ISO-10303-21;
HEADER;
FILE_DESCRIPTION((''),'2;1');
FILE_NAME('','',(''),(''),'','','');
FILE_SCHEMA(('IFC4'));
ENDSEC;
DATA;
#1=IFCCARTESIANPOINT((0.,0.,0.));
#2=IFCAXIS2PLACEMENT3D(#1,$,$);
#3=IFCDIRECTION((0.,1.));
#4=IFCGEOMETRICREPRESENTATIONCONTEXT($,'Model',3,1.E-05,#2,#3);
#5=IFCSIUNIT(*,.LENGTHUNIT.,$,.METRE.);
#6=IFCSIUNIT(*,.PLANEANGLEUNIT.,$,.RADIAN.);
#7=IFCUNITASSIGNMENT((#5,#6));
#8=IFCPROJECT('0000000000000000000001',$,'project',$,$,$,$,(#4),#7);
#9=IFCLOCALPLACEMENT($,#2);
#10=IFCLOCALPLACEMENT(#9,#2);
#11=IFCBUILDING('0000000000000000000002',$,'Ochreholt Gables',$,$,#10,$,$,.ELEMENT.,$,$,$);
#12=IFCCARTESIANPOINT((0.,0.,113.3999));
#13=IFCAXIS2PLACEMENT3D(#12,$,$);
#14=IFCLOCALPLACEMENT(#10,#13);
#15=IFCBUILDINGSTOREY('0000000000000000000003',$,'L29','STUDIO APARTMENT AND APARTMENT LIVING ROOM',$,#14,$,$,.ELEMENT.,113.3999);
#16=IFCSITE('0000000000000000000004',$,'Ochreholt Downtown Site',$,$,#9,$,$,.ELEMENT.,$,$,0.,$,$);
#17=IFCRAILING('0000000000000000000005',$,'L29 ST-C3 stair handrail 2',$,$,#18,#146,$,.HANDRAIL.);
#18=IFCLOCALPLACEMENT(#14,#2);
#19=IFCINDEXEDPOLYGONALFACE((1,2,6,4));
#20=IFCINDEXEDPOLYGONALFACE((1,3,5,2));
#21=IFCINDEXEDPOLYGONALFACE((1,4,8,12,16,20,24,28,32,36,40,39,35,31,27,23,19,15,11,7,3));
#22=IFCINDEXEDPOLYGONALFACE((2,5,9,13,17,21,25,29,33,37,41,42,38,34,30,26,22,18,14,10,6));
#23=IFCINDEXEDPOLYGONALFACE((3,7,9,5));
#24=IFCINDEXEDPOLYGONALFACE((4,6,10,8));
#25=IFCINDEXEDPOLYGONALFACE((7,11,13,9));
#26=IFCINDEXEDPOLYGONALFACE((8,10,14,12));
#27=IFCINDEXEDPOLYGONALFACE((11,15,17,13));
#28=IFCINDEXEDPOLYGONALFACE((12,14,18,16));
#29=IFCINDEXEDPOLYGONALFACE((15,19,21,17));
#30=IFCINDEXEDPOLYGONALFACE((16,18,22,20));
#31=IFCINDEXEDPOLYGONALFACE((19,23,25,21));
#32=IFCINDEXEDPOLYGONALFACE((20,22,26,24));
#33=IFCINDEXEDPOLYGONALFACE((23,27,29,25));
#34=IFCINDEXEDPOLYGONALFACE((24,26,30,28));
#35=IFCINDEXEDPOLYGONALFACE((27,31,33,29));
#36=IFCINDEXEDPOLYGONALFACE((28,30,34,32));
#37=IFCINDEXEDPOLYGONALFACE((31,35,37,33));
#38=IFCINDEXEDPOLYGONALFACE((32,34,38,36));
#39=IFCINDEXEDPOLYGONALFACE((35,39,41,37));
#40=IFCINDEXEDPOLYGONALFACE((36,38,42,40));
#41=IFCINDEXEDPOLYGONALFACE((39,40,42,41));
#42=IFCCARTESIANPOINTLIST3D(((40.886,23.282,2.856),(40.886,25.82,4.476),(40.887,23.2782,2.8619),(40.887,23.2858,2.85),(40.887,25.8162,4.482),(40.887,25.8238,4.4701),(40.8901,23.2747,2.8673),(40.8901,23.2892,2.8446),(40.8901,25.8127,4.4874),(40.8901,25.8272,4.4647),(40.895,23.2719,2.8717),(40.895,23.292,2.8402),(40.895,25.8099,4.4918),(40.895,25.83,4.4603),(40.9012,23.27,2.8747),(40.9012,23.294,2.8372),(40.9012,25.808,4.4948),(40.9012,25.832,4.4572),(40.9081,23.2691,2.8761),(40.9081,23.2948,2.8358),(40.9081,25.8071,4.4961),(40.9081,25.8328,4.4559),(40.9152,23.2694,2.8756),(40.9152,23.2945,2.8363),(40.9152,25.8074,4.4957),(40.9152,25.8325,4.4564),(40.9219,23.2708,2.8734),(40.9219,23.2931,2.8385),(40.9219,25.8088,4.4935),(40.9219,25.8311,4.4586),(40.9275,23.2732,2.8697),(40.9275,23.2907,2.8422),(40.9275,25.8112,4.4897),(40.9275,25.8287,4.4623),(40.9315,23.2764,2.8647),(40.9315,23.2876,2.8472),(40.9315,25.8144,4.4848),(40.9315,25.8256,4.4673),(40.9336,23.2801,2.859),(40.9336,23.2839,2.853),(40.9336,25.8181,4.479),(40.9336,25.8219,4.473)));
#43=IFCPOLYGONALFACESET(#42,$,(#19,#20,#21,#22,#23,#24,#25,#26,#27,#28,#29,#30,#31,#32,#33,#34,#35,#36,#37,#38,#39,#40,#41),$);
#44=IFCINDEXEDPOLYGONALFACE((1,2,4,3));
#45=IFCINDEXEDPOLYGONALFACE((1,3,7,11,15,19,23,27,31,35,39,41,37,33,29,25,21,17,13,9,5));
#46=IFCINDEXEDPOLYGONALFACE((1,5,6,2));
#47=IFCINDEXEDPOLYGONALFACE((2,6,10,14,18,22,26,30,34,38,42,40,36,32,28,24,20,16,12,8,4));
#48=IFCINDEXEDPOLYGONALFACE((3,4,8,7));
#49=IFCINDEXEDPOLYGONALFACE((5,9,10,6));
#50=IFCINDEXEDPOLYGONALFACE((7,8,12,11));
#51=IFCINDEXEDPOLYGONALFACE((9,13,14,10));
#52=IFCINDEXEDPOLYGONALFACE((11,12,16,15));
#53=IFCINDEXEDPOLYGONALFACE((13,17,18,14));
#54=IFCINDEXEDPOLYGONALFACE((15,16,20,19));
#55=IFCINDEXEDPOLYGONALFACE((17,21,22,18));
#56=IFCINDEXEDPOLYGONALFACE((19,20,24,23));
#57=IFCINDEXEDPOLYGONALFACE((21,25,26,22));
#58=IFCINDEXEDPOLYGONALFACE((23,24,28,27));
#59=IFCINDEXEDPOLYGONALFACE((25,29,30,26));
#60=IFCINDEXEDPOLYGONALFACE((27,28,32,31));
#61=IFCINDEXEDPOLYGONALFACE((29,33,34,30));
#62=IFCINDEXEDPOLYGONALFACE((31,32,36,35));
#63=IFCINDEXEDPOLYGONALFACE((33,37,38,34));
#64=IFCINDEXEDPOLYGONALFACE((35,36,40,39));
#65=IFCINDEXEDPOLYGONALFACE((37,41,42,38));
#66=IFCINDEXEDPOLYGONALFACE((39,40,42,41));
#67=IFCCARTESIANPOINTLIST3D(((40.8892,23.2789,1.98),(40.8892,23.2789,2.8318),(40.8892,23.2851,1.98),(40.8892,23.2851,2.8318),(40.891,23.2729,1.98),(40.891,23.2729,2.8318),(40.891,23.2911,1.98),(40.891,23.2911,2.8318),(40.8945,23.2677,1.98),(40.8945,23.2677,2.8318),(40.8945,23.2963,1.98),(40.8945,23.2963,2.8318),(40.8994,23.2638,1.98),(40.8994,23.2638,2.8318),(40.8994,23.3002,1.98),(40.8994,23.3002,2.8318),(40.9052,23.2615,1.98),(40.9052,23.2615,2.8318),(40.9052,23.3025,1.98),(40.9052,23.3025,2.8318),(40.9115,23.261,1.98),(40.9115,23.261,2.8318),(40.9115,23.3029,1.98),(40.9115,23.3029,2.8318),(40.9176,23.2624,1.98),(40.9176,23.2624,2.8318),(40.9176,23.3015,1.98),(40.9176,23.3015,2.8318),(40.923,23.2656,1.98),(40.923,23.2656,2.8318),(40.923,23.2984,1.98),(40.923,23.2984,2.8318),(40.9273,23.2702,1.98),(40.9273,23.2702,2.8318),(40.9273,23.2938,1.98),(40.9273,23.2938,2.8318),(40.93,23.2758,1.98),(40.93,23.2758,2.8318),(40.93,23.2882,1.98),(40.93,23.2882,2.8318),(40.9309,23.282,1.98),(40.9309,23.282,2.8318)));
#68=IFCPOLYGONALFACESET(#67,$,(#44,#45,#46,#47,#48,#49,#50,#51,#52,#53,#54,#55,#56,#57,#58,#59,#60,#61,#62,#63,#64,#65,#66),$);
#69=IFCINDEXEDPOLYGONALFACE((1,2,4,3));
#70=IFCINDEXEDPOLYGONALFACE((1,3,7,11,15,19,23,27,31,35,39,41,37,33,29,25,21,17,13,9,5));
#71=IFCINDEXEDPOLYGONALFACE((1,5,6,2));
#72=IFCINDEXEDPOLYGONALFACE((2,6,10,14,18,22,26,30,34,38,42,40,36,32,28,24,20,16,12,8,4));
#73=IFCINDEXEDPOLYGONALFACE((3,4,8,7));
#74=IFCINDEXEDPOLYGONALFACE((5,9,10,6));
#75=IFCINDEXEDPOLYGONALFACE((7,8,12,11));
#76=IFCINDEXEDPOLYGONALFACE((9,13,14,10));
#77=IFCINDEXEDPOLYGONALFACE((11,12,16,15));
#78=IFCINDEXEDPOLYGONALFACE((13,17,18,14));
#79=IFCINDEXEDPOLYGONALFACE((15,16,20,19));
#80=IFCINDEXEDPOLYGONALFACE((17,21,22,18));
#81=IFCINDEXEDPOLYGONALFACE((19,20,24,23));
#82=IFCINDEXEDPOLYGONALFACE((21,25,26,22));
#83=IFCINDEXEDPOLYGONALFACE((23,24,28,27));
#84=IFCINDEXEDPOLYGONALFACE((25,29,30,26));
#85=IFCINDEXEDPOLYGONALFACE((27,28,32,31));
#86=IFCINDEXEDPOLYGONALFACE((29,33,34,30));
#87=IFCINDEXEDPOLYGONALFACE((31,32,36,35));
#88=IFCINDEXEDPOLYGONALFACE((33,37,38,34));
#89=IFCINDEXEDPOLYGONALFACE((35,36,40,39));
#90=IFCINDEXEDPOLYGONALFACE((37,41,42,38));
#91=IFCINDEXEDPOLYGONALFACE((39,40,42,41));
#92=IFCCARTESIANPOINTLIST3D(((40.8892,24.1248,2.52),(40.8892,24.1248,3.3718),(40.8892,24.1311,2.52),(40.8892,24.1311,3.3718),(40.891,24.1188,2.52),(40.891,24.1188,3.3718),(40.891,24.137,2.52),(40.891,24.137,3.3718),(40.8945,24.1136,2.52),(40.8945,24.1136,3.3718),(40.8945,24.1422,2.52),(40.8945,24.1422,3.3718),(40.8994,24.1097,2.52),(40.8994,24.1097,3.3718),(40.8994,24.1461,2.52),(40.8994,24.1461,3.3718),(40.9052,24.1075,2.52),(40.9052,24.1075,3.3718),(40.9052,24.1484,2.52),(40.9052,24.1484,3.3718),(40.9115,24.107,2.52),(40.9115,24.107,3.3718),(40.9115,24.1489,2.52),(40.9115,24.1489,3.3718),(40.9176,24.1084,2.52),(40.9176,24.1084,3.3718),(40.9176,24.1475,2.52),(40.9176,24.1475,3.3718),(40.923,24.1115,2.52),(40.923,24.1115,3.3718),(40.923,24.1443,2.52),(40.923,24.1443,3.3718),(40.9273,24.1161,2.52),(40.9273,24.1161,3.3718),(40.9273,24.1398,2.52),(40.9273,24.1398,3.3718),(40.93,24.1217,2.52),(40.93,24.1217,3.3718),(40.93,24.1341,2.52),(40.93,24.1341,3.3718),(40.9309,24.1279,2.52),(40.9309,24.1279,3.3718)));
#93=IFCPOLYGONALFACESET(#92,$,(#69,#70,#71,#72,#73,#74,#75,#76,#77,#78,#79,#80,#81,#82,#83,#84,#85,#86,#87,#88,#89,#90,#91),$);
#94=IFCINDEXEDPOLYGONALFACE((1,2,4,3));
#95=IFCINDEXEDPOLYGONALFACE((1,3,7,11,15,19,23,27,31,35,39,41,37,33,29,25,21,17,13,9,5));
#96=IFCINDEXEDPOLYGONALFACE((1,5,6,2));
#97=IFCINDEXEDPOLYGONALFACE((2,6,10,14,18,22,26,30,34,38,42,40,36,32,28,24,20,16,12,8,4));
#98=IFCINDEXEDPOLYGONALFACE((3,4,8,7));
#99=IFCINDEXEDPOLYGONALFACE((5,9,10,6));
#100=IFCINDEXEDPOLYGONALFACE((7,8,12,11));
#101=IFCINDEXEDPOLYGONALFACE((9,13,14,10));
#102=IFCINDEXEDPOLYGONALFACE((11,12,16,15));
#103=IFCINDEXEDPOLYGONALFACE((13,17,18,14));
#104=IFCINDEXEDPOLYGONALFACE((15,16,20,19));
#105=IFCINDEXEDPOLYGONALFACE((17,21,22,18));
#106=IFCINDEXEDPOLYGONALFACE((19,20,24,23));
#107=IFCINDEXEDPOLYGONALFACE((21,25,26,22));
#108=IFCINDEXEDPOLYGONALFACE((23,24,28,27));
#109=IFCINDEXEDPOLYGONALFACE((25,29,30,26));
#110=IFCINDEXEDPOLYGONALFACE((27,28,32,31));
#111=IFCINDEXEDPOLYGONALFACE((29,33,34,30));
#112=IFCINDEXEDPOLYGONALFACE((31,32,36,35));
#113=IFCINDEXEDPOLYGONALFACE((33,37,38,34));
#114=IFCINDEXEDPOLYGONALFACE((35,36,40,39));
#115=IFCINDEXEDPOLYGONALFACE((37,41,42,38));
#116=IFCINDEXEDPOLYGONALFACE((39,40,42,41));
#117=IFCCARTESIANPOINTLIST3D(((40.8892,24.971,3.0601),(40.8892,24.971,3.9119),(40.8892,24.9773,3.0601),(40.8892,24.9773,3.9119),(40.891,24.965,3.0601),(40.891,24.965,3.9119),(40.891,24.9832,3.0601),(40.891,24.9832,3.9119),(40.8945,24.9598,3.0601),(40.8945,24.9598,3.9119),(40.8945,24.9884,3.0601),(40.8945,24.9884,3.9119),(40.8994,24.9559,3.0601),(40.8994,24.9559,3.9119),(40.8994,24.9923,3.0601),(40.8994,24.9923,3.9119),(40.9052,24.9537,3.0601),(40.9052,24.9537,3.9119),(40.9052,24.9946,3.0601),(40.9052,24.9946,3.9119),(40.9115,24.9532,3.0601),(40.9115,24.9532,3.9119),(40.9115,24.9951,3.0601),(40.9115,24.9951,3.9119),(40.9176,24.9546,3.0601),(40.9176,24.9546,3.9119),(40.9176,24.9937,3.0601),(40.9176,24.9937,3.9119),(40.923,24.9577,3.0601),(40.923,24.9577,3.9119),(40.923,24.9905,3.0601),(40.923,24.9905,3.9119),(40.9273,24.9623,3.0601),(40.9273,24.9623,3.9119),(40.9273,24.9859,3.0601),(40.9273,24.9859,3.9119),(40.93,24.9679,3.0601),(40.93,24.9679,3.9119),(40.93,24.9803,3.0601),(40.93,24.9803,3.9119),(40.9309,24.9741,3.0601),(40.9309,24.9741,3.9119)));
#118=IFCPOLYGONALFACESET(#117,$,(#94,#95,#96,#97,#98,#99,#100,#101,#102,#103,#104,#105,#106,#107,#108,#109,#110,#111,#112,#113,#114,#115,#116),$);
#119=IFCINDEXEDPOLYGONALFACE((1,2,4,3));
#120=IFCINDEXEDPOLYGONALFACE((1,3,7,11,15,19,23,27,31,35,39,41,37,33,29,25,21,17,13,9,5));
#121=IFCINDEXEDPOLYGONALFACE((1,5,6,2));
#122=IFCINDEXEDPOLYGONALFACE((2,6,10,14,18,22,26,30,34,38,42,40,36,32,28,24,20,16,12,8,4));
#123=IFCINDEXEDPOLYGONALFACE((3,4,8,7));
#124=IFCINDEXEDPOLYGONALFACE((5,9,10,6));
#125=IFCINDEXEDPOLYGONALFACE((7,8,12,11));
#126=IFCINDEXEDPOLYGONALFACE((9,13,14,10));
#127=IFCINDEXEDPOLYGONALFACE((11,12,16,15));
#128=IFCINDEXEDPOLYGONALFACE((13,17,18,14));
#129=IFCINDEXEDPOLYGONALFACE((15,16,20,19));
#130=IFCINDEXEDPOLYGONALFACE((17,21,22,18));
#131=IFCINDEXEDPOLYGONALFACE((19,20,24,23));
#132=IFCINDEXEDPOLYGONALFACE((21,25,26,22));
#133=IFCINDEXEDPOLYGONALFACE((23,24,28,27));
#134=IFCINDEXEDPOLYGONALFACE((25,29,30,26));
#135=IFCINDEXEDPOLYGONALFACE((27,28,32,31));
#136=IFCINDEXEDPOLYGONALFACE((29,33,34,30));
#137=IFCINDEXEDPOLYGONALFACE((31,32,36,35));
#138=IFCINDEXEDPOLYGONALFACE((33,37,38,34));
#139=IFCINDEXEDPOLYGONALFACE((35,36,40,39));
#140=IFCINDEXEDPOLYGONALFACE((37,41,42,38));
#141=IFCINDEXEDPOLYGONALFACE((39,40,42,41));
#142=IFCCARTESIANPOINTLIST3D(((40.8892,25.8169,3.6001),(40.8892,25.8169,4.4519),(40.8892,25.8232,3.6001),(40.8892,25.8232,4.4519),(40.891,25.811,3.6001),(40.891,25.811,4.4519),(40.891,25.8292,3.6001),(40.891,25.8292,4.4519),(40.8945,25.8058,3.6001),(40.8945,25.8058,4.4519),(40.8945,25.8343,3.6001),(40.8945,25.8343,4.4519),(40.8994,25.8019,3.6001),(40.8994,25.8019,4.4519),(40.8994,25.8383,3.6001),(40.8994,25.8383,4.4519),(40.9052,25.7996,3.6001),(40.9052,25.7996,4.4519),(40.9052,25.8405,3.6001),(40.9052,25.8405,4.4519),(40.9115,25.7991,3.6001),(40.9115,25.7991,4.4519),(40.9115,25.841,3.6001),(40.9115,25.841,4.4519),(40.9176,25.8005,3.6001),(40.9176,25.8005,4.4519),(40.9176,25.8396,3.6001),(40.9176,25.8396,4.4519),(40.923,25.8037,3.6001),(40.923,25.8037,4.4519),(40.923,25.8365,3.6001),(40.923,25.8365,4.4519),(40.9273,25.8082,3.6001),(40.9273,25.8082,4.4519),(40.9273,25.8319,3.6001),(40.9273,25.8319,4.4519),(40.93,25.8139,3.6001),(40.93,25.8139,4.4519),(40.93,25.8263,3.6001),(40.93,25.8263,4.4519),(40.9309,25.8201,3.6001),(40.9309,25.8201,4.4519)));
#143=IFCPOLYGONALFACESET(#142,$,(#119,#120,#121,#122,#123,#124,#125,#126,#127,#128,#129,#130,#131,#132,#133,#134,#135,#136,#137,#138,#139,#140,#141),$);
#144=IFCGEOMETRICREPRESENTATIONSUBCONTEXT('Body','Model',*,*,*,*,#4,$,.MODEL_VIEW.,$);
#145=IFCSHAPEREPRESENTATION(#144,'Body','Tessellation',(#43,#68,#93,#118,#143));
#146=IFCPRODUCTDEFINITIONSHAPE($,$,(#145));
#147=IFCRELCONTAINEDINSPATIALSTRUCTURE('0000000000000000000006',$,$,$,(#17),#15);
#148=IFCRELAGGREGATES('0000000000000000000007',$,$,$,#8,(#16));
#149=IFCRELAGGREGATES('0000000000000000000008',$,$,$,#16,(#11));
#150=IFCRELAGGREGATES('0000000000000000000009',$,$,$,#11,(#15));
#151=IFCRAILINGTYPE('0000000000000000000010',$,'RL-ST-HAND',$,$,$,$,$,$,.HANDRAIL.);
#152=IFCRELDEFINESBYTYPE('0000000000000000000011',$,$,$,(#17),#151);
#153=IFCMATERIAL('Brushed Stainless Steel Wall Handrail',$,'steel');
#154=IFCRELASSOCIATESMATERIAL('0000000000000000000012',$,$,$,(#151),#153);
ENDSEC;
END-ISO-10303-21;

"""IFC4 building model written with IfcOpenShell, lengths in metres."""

from ifc_helpers import new_model, si_unit, direction, frame, origin, origin_2d, place, context, subcontext, project, spatial, circle, extrude, material, type_object, element, save


model = new_model("IFC4")

# Units and contexts
model_context = context("Model", 3, precision=1e-05, world=origin(), true_north=direction((0.0, 1.0)))
body_context = subcontext(model_context, "Body", "Model", "MODEL_VIEW")
ifc_project = project(units=[si_unit("LENGTHUNIT", "METRE"), si_unit("PLANEANGLEUNIT", "RADIAN")], contexts=[model_context])

# Site, building, storey
site_placement = place(None, origin())
site = spatial("IfcSite", under=ifc_project, at=site_placement, Name="Ochreholt Downtown Site", CompositionType="ELEMENT", RefElevation=0.0)
building_placement = place(site_placement, origin())
building = spatial("IfcBuilding", under=site, at=building_placement, Name="Ochreholt Gables", CompositionType="ELEMENT")
storey_placement = place(building_placement, frame((0.0, 0.0, 113.3999)))
storey = spatial("IfcBuildingStorey", under=building, at=storey_placement, Name="L29", Description="STUDIO APARTMENT AND APARTMENT LIVING ROOM", CompositionType="ELEMENT", Elevation=113.3999)

# Railing
ifc_material_1 = material(Name="Brushed Stainless Steel Wall Handrail", Category="steel")
railing_type_1 = type_object("IfcRailingType", Name="RL-ST-HAND", PredefinedType="HANDRAIL", material=ifc_material_1)
railing_1_placement = place(storey_placement, frame((40.9099, 23.282, 1.98)))
element("IfcRailing", 1, at=railing_1_placement, inside=storey, type_object=railing_type_1, Name="L29 ST-C3 stair handrail 2", PredefinedType="HANDRAIL", context=body_context, shape_type="SweptSolid", body=[
    extrude(circle(Radius=0.0239, at=origin_2d()), frame((0.0, 0.0, 0.876), z_axis=(0.0, 0.842913, 0.53805), x_axis=(-1.0, 0.0, 0.0)), (0.0, 0.0, 1.0), 3.011),
    extrude(circle(Radius=0.021, at=origin_2d()), origin(), (0.0, 0.0, 1.0), 0.8518),
    extrude(circle(Radius=0.021, at=origin_2d()), frame((0.0, 0.8459, 0.54)), (0.0, 0.0, 1.0), 0.8518),
    extrude(circle(Radius=0.021, at=origin_2d()), frame((0.0, 1.6921, 1.0801)), (0.0, 0.0, 1.0), 0.8518),
    extrude(circle(Radius=0.021, at=origin_2d()), frame((0.0, 2.5381, 1.6201)), (0.0, 0.0, 1.0), 0.8518),
])

save(model, "model.ifc")
